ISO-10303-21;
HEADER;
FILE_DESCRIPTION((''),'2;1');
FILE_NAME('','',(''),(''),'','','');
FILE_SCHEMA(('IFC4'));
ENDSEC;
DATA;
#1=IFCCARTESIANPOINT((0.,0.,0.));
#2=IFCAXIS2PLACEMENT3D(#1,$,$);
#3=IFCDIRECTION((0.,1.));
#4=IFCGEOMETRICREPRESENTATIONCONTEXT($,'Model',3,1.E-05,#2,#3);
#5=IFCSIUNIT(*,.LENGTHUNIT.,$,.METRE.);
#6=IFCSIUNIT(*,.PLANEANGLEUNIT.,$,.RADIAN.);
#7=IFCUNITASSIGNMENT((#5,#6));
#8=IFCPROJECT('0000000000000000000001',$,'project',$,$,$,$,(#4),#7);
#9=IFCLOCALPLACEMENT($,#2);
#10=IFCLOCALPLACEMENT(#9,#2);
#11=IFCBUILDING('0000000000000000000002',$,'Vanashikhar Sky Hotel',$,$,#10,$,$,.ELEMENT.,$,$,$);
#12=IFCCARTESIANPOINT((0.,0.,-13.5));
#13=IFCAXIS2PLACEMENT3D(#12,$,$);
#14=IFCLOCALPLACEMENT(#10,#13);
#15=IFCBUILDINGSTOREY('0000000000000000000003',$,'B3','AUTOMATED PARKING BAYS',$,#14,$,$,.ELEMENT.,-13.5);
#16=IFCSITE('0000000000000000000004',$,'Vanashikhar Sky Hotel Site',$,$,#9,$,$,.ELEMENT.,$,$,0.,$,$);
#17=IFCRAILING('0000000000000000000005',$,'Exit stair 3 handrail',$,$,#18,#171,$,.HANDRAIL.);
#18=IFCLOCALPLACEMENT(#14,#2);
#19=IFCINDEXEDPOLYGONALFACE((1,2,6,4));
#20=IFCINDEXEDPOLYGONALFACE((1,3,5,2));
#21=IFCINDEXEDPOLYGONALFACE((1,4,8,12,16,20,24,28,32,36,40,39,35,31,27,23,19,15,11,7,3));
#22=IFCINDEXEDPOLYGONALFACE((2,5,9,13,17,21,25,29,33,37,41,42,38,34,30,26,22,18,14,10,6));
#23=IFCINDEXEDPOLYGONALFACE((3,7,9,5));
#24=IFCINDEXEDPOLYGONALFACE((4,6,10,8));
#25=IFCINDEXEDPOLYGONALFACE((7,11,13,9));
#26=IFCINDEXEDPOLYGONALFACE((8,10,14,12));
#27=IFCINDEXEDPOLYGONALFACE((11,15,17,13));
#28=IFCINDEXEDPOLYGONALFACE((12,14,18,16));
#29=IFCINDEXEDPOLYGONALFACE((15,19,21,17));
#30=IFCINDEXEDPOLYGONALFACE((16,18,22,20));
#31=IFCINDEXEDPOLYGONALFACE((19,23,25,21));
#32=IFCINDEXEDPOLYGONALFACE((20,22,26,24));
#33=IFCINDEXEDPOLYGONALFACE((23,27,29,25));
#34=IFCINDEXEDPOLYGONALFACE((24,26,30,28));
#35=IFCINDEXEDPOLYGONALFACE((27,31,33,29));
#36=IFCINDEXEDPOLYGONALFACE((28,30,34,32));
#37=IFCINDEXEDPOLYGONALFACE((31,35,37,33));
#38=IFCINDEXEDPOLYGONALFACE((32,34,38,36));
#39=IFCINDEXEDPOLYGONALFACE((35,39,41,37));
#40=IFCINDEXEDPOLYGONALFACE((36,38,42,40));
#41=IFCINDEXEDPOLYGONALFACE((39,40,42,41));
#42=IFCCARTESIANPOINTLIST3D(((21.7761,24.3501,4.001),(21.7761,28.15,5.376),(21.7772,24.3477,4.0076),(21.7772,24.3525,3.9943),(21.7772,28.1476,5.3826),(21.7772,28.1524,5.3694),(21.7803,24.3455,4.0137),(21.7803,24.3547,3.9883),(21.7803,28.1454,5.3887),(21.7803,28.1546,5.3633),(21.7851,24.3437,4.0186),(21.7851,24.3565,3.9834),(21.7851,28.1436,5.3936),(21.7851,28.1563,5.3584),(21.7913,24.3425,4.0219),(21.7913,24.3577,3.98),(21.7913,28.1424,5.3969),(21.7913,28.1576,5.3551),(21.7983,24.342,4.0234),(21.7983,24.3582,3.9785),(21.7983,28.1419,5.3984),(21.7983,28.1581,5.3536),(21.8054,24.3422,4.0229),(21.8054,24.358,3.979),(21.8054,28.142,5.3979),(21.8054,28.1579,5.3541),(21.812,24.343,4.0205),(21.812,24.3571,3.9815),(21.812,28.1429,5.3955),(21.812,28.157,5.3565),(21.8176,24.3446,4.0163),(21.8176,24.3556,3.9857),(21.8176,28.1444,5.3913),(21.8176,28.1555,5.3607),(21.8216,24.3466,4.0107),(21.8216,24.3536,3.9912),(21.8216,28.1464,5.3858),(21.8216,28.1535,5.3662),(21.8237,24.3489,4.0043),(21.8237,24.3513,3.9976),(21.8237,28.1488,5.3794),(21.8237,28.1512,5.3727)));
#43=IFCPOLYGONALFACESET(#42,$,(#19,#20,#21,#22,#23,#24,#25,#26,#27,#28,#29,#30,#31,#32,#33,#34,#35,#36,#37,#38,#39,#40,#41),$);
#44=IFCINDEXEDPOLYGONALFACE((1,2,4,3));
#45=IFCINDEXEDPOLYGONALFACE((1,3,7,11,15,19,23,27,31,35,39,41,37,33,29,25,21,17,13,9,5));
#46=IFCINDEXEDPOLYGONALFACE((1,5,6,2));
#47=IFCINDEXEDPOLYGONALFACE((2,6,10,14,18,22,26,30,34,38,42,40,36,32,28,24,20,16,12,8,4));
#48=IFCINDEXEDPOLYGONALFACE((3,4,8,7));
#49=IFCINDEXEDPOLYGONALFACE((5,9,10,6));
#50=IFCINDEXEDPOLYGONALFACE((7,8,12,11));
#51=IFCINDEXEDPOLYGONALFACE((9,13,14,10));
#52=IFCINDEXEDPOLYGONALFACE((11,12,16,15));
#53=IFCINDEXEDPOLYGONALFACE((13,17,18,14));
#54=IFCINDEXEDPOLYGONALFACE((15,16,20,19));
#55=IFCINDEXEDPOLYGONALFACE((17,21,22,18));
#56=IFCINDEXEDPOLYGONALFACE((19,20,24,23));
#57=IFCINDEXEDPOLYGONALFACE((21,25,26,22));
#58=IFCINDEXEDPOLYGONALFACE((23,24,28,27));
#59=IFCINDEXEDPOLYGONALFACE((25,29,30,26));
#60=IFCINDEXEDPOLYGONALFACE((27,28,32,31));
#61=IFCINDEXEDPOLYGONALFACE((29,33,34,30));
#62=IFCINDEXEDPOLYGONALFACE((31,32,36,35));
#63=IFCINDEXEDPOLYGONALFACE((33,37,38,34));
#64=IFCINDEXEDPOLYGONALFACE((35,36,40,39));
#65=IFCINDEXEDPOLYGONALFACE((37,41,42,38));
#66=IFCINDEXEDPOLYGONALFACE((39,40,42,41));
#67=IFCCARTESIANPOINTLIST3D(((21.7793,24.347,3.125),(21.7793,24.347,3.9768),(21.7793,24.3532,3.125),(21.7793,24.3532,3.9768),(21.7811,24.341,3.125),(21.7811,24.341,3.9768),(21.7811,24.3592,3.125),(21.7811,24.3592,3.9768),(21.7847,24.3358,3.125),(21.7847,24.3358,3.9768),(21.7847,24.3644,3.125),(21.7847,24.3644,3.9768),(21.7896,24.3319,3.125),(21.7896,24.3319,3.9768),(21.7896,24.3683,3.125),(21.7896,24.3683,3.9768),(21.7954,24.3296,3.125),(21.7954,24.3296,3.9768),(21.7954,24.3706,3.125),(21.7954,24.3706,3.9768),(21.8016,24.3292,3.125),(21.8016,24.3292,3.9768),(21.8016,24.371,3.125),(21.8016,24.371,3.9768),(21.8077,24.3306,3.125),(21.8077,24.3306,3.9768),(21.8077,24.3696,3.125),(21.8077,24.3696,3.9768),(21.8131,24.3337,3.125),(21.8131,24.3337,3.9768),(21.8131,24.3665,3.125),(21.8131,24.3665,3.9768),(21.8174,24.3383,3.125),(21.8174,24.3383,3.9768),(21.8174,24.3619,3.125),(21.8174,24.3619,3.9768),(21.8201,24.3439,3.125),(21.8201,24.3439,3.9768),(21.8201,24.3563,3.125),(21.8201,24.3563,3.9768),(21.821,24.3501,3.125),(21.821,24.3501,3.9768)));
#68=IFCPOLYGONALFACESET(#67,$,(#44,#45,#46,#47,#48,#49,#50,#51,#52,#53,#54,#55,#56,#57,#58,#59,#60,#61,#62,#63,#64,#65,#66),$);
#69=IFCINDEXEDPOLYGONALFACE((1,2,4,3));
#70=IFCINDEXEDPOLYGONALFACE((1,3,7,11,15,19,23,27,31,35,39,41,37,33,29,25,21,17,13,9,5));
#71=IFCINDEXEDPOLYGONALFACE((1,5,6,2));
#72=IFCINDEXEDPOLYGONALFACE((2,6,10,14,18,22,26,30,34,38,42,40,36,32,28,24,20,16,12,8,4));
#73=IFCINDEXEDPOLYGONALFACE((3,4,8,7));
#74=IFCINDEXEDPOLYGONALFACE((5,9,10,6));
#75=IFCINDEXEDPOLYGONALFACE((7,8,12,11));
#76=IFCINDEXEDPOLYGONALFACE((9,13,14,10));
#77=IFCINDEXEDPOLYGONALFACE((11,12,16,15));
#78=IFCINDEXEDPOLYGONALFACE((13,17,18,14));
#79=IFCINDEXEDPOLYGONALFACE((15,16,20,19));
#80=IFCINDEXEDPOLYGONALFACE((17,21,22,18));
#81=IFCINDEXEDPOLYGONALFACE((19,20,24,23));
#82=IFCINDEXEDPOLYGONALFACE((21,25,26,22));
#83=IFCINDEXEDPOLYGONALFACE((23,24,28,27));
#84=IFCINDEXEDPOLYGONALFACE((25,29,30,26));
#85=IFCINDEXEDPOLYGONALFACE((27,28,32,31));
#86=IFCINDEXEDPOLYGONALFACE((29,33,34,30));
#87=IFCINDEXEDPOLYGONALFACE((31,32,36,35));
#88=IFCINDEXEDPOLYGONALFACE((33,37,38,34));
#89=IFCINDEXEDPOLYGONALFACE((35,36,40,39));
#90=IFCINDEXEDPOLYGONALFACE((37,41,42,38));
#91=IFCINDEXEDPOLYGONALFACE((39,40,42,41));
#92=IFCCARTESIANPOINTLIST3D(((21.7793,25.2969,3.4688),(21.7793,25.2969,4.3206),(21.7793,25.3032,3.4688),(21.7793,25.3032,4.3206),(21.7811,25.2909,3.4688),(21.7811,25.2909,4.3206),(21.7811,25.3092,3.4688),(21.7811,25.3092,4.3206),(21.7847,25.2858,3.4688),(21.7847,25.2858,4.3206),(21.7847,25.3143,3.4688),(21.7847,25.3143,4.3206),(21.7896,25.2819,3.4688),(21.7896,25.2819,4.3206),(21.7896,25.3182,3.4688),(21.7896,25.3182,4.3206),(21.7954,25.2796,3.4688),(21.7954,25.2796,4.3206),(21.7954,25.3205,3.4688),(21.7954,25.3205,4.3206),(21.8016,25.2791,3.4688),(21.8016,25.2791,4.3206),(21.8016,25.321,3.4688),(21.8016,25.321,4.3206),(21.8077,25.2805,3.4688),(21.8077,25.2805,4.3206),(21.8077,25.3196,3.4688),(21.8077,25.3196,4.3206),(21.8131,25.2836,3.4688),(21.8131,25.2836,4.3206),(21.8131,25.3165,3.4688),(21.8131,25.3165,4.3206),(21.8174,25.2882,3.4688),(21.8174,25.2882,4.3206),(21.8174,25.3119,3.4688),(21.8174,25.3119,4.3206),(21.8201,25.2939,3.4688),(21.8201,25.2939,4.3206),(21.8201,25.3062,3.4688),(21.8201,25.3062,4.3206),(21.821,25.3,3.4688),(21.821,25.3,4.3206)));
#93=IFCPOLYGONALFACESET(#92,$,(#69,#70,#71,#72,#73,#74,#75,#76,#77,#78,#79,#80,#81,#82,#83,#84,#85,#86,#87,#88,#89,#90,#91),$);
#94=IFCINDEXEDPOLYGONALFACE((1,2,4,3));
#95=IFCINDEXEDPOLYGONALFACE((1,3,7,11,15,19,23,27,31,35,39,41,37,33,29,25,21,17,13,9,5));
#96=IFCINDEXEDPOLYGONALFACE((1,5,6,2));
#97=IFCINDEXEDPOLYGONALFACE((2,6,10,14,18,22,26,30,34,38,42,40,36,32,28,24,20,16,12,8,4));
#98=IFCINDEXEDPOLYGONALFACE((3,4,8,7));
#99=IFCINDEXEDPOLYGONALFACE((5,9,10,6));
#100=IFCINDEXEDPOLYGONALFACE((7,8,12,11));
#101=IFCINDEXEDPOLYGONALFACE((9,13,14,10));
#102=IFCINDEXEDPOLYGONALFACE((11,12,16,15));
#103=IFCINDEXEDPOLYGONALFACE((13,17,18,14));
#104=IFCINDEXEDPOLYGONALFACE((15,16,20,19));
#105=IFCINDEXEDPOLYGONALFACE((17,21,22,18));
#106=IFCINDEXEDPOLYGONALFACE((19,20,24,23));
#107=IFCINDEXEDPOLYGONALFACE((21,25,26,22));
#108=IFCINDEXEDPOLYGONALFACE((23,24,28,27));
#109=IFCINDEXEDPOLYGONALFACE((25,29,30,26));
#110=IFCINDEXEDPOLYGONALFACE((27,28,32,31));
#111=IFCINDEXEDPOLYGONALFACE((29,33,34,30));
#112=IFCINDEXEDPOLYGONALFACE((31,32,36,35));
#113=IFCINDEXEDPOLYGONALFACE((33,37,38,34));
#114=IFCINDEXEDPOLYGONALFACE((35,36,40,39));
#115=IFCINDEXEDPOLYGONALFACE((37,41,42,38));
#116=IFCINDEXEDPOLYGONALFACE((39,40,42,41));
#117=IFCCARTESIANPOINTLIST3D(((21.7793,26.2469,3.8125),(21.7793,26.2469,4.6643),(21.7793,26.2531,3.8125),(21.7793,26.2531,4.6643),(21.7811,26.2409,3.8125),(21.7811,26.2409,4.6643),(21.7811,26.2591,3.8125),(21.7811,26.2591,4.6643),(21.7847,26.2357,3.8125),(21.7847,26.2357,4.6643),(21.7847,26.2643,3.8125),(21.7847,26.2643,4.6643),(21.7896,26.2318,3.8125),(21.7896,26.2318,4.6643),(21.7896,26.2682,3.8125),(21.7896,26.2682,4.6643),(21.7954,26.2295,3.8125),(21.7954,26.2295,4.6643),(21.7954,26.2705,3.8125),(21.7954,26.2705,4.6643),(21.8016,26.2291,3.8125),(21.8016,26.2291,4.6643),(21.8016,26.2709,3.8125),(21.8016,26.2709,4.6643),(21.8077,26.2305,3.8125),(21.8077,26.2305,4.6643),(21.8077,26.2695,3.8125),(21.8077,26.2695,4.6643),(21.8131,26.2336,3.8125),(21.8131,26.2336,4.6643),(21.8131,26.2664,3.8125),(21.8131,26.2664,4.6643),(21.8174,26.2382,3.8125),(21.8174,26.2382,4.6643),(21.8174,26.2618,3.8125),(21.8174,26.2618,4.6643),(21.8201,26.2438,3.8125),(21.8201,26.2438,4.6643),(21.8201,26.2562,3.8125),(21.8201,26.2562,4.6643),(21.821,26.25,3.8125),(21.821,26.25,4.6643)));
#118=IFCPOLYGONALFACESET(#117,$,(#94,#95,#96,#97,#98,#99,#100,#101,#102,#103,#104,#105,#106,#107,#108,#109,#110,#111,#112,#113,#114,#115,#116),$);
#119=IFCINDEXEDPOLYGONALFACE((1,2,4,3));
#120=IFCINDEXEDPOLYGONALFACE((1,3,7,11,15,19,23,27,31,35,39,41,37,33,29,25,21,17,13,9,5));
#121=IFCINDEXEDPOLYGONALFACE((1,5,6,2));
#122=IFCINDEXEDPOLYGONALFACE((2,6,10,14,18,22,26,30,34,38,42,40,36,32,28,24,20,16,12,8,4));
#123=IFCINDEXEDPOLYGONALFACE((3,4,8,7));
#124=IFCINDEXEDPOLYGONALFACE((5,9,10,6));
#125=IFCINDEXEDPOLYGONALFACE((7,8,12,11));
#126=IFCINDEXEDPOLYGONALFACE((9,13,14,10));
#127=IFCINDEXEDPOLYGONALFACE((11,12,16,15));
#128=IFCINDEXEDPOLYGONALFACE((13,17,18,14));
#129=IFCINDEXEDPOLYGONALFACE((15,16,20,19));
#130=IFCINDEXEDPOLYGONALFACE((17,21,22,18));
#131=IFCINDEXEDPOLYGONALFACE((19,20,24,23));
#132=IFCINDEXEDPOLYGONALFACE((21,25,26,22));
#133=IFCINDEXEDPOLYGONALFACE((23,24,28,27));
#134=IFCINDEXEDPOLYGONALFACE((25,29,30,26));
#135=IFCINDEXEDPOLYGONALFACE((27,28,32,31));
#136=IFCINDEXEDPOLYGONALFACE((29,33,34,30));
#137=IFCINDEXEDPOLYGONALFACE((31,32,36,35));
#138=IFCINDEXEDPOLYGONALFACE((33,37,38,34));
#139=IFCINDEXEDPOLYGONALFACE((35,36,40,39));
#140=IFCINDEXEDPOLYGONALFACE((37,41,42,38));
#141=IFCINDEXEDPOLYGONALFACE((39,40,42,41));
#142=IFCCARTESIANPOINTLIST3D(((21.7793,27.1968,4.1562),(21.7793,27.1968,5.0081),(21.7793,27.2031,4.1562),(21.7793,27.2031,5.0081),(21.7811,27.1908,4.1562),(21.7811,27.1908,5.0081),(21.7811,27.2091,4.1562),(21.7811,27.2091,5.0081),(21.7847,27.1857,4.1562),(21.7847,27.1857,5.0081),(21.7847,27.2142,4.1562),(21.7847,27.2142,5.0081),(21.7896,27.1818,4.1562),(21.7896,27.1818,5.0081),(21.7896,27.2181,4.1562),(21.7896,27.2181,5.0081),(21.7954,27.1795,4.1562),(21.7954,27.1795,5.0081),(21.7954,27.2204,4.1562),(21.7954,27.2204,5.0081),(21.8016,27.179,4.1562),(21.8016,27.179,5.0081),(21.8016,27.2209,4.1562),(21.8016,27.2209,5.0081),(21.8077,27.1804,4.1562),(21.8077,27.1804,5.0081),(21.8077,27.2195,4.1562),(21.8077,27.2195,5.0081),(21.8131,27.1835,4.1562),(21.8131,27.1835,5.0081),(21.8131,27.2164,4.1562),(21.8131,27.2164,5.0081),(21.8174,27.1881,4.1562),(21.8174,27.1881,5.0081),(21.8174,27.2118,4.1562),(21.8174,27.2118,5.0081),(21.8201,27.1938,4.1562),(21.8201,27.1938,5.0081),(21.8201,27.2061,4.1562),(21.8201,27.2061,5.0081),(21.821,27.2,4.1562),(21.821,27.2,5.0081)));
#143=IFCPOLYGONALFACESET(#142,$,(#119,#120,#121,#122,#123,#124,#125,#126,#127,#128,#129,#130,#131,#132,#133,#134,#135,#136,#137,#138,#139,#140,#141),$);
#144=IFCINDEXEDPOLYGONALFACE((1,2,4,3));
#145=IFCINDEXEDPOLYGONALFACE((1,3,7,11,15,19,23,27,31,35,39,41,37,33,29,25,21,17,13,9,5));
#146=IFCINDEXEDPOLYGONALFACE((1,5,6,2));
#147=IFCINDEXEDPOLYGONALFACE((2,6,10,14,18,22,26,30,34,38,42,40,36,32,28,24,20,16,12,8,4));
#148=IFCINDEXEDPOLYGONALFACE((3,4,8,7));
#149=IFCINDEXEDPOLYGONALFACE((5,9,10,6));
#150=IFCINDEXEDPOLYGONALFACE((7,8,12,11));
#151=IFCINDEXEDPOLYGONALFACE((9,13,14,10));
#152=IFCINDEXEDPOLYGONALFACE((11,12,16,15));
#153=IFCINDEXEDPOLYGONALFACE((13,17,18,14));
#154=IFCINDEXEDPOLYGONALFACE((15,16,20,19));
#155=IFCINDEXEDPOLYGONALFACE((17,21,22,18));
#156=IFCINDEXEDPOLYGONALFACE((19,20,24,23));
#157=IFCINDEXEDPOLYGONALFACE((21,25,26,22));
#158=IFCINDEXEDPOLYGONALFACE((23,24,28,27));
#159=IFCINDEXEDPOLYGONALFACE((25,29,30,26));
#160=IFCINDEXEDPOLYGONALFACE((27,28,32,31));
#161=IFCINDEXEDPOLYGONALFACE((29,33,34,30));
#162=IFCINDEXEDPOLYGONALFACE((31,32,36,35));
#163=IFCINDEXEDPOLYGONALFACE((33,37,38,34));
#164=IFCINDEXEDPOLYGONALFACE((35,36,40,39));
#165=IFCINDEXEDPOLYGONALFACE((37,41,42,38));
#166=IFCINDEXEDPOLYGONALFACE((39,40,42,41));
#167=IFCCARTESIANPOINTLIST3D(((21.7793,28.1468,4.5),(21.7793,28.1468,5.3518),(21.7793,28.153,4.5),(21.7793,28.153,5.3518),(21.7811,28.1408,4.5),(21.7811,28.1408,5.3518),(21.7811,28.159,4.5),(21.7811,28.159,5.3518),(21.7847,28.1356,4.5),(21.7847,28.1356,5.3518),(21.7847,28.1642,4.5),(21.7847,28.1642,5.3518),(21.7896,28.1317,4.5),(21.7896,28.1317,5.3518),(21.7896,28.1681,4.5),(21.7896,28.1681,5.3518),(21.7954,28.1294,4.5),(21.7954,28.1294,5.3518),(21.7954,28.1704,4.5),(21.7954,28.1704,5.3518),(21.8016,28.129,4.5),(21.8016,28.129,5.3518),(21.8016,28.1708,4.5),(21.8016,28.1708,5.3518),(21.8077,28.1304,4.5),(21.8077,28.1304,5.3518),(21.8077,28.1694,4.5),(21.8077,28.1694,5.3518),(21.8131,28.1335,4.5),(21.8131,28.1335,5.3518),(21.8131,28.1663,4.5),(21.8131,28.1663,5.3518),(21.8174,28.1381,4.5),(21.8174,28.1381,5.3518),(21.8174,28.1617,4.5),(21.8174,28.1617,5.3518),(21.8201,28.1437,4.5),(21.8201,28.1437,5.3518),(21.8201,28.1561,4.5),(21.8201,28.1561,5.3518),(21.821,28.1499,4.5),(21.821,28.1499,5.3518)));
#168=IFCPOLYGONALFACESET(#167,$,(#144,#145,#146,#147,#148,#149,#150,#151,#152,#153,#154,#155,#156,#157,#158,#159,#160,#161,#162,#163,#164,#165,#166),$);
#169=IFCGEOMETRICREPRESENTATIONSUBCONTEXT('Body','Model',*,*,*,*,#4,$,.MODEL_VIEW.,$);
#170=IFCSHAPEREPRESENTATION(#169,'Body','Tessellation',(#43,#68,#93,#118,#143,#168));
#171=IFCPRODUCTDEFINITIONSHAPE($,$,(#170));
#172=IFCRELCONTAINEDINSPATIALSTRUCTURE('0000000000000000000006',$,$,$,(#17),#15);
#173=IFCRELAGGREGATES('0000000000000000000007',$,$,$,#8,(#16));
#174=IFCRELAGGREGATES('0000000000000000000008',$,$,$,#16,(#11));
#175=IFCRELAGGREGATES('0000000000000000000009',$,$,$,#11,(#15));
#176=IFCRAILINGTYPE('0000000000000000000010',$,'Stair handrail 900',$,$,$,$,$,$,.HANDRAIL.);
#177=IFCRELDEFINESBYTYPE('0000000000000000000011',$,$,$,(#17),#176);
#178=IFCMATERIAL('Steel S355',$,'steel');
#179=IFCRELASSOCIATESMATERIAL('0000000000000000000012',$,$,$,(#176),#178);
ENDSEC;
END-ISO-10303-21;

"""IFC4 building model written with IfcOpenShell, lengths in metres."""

from ifc_helpers import new_model, si_unit, direction, frame, origin, origin_2d, place, context, subcontext, project, spatial, circle, extrude, source, transform, mapped, material, type_object, element, save


model = new_model("IFC4")

# Units and contexts
model_context = context("Model", 3, precision=1e-05, world=origin(), true_north=direction((0.0, 1.0)))
body_context = subcontext(model_context, "Body", "Model", "MODEL_VIEW")
ifc_project = project(units=[si_unit("LENGTHUNIT", "METRE"), si_unit("PLANEANGLEUNIT", "RADIAN")], contexts=[model_context])

# Site, building, storey
site_placement = place(None, origin())
site = spatial("IfcSite", under=ifc_project, at=site_placement, Name="Vanashikhar Sky Hotel Site", CompositionType="ELEMENT", RefElevation=0.0)
building_placement = place(site_placement, origin())
building = spatial("IfcBuilding", under=site, at=building_placement, Name="Vanashikhar Sky Hotel", CompositionType="ELEMENT")
storey_placement = place(building_placement, frame((0.0, 0.0, -13.5)))
storey = spatial("IfcBuildingStorey", under=building, at=storey_placement, Name="B3", Description="AUTOMATED PARKING BAYS", CompositionType="ELEMENT", Elevation=-13.5)

# Railing
ifc_material_1 = material(Name="Steel S355", Category="steel")
railing_type_1 = type_object("IfcRailingType", Name="Stair handrail 900", PredefinedType="HANDRAIL", material=ifc_material_1)
shared_shape_1 = source(origin(), body_context, "Body", "SweptSolid", [
    extrude(circle(Radius=0.0239, at=origin_2d()), frame((0.0, 0.0, 0.876), z_axis=(0.0, 0.940329, 0.340268), x_axis=(-1.0, 0.0, 0.0)), (0.0, 0.0, 1.0), 4.041),
    extrude(circle(Radius=0.021, at=origin_2d()), origin(), (0.0, 0.0, 1.0), 0.8518),
    extrude(circle(Radius=0.021, at=origin_2d()), frame((0.0, 0.95, 0.3438)), (0.0, 0.0, 1.0), 0.8518),
    extrude(circle(Radius=0.021, at=origin_2d()), frame((0.0, 1.8999, 0.6875)), (0.0, 0.0, 1.0), 0.8518),
    extrude(circle(Radius=0.021, at=origin_2d()), frame((0.0, 2.8499, 1.0312)), (0.0, 0.0, 1.0), 0.8518),
    extrude(circle(Radius=0.021, at=origin_2d()), frame((0.0, 3.7998, 1.375)), (0.0, 0.0, 1.0), 0.8518),
])
for number, where, name in (
    (1, (21.8, 24.3501, 3.125), "Exit stair 3 handrail"),
):
    element("IfcRailing", number, at=place(storey_placement, frame(where)), inside=storey, type_object=railing_type_1, Name=name, PredefinedType="HANDRAIL", context=body_context, shape_type="MappedRepresentation", body=[
        mapped(shared_shape_1, transform((0.0, 0.0, 0.0), scale=1.0)),
    ])

save(model, "model.ifc")
